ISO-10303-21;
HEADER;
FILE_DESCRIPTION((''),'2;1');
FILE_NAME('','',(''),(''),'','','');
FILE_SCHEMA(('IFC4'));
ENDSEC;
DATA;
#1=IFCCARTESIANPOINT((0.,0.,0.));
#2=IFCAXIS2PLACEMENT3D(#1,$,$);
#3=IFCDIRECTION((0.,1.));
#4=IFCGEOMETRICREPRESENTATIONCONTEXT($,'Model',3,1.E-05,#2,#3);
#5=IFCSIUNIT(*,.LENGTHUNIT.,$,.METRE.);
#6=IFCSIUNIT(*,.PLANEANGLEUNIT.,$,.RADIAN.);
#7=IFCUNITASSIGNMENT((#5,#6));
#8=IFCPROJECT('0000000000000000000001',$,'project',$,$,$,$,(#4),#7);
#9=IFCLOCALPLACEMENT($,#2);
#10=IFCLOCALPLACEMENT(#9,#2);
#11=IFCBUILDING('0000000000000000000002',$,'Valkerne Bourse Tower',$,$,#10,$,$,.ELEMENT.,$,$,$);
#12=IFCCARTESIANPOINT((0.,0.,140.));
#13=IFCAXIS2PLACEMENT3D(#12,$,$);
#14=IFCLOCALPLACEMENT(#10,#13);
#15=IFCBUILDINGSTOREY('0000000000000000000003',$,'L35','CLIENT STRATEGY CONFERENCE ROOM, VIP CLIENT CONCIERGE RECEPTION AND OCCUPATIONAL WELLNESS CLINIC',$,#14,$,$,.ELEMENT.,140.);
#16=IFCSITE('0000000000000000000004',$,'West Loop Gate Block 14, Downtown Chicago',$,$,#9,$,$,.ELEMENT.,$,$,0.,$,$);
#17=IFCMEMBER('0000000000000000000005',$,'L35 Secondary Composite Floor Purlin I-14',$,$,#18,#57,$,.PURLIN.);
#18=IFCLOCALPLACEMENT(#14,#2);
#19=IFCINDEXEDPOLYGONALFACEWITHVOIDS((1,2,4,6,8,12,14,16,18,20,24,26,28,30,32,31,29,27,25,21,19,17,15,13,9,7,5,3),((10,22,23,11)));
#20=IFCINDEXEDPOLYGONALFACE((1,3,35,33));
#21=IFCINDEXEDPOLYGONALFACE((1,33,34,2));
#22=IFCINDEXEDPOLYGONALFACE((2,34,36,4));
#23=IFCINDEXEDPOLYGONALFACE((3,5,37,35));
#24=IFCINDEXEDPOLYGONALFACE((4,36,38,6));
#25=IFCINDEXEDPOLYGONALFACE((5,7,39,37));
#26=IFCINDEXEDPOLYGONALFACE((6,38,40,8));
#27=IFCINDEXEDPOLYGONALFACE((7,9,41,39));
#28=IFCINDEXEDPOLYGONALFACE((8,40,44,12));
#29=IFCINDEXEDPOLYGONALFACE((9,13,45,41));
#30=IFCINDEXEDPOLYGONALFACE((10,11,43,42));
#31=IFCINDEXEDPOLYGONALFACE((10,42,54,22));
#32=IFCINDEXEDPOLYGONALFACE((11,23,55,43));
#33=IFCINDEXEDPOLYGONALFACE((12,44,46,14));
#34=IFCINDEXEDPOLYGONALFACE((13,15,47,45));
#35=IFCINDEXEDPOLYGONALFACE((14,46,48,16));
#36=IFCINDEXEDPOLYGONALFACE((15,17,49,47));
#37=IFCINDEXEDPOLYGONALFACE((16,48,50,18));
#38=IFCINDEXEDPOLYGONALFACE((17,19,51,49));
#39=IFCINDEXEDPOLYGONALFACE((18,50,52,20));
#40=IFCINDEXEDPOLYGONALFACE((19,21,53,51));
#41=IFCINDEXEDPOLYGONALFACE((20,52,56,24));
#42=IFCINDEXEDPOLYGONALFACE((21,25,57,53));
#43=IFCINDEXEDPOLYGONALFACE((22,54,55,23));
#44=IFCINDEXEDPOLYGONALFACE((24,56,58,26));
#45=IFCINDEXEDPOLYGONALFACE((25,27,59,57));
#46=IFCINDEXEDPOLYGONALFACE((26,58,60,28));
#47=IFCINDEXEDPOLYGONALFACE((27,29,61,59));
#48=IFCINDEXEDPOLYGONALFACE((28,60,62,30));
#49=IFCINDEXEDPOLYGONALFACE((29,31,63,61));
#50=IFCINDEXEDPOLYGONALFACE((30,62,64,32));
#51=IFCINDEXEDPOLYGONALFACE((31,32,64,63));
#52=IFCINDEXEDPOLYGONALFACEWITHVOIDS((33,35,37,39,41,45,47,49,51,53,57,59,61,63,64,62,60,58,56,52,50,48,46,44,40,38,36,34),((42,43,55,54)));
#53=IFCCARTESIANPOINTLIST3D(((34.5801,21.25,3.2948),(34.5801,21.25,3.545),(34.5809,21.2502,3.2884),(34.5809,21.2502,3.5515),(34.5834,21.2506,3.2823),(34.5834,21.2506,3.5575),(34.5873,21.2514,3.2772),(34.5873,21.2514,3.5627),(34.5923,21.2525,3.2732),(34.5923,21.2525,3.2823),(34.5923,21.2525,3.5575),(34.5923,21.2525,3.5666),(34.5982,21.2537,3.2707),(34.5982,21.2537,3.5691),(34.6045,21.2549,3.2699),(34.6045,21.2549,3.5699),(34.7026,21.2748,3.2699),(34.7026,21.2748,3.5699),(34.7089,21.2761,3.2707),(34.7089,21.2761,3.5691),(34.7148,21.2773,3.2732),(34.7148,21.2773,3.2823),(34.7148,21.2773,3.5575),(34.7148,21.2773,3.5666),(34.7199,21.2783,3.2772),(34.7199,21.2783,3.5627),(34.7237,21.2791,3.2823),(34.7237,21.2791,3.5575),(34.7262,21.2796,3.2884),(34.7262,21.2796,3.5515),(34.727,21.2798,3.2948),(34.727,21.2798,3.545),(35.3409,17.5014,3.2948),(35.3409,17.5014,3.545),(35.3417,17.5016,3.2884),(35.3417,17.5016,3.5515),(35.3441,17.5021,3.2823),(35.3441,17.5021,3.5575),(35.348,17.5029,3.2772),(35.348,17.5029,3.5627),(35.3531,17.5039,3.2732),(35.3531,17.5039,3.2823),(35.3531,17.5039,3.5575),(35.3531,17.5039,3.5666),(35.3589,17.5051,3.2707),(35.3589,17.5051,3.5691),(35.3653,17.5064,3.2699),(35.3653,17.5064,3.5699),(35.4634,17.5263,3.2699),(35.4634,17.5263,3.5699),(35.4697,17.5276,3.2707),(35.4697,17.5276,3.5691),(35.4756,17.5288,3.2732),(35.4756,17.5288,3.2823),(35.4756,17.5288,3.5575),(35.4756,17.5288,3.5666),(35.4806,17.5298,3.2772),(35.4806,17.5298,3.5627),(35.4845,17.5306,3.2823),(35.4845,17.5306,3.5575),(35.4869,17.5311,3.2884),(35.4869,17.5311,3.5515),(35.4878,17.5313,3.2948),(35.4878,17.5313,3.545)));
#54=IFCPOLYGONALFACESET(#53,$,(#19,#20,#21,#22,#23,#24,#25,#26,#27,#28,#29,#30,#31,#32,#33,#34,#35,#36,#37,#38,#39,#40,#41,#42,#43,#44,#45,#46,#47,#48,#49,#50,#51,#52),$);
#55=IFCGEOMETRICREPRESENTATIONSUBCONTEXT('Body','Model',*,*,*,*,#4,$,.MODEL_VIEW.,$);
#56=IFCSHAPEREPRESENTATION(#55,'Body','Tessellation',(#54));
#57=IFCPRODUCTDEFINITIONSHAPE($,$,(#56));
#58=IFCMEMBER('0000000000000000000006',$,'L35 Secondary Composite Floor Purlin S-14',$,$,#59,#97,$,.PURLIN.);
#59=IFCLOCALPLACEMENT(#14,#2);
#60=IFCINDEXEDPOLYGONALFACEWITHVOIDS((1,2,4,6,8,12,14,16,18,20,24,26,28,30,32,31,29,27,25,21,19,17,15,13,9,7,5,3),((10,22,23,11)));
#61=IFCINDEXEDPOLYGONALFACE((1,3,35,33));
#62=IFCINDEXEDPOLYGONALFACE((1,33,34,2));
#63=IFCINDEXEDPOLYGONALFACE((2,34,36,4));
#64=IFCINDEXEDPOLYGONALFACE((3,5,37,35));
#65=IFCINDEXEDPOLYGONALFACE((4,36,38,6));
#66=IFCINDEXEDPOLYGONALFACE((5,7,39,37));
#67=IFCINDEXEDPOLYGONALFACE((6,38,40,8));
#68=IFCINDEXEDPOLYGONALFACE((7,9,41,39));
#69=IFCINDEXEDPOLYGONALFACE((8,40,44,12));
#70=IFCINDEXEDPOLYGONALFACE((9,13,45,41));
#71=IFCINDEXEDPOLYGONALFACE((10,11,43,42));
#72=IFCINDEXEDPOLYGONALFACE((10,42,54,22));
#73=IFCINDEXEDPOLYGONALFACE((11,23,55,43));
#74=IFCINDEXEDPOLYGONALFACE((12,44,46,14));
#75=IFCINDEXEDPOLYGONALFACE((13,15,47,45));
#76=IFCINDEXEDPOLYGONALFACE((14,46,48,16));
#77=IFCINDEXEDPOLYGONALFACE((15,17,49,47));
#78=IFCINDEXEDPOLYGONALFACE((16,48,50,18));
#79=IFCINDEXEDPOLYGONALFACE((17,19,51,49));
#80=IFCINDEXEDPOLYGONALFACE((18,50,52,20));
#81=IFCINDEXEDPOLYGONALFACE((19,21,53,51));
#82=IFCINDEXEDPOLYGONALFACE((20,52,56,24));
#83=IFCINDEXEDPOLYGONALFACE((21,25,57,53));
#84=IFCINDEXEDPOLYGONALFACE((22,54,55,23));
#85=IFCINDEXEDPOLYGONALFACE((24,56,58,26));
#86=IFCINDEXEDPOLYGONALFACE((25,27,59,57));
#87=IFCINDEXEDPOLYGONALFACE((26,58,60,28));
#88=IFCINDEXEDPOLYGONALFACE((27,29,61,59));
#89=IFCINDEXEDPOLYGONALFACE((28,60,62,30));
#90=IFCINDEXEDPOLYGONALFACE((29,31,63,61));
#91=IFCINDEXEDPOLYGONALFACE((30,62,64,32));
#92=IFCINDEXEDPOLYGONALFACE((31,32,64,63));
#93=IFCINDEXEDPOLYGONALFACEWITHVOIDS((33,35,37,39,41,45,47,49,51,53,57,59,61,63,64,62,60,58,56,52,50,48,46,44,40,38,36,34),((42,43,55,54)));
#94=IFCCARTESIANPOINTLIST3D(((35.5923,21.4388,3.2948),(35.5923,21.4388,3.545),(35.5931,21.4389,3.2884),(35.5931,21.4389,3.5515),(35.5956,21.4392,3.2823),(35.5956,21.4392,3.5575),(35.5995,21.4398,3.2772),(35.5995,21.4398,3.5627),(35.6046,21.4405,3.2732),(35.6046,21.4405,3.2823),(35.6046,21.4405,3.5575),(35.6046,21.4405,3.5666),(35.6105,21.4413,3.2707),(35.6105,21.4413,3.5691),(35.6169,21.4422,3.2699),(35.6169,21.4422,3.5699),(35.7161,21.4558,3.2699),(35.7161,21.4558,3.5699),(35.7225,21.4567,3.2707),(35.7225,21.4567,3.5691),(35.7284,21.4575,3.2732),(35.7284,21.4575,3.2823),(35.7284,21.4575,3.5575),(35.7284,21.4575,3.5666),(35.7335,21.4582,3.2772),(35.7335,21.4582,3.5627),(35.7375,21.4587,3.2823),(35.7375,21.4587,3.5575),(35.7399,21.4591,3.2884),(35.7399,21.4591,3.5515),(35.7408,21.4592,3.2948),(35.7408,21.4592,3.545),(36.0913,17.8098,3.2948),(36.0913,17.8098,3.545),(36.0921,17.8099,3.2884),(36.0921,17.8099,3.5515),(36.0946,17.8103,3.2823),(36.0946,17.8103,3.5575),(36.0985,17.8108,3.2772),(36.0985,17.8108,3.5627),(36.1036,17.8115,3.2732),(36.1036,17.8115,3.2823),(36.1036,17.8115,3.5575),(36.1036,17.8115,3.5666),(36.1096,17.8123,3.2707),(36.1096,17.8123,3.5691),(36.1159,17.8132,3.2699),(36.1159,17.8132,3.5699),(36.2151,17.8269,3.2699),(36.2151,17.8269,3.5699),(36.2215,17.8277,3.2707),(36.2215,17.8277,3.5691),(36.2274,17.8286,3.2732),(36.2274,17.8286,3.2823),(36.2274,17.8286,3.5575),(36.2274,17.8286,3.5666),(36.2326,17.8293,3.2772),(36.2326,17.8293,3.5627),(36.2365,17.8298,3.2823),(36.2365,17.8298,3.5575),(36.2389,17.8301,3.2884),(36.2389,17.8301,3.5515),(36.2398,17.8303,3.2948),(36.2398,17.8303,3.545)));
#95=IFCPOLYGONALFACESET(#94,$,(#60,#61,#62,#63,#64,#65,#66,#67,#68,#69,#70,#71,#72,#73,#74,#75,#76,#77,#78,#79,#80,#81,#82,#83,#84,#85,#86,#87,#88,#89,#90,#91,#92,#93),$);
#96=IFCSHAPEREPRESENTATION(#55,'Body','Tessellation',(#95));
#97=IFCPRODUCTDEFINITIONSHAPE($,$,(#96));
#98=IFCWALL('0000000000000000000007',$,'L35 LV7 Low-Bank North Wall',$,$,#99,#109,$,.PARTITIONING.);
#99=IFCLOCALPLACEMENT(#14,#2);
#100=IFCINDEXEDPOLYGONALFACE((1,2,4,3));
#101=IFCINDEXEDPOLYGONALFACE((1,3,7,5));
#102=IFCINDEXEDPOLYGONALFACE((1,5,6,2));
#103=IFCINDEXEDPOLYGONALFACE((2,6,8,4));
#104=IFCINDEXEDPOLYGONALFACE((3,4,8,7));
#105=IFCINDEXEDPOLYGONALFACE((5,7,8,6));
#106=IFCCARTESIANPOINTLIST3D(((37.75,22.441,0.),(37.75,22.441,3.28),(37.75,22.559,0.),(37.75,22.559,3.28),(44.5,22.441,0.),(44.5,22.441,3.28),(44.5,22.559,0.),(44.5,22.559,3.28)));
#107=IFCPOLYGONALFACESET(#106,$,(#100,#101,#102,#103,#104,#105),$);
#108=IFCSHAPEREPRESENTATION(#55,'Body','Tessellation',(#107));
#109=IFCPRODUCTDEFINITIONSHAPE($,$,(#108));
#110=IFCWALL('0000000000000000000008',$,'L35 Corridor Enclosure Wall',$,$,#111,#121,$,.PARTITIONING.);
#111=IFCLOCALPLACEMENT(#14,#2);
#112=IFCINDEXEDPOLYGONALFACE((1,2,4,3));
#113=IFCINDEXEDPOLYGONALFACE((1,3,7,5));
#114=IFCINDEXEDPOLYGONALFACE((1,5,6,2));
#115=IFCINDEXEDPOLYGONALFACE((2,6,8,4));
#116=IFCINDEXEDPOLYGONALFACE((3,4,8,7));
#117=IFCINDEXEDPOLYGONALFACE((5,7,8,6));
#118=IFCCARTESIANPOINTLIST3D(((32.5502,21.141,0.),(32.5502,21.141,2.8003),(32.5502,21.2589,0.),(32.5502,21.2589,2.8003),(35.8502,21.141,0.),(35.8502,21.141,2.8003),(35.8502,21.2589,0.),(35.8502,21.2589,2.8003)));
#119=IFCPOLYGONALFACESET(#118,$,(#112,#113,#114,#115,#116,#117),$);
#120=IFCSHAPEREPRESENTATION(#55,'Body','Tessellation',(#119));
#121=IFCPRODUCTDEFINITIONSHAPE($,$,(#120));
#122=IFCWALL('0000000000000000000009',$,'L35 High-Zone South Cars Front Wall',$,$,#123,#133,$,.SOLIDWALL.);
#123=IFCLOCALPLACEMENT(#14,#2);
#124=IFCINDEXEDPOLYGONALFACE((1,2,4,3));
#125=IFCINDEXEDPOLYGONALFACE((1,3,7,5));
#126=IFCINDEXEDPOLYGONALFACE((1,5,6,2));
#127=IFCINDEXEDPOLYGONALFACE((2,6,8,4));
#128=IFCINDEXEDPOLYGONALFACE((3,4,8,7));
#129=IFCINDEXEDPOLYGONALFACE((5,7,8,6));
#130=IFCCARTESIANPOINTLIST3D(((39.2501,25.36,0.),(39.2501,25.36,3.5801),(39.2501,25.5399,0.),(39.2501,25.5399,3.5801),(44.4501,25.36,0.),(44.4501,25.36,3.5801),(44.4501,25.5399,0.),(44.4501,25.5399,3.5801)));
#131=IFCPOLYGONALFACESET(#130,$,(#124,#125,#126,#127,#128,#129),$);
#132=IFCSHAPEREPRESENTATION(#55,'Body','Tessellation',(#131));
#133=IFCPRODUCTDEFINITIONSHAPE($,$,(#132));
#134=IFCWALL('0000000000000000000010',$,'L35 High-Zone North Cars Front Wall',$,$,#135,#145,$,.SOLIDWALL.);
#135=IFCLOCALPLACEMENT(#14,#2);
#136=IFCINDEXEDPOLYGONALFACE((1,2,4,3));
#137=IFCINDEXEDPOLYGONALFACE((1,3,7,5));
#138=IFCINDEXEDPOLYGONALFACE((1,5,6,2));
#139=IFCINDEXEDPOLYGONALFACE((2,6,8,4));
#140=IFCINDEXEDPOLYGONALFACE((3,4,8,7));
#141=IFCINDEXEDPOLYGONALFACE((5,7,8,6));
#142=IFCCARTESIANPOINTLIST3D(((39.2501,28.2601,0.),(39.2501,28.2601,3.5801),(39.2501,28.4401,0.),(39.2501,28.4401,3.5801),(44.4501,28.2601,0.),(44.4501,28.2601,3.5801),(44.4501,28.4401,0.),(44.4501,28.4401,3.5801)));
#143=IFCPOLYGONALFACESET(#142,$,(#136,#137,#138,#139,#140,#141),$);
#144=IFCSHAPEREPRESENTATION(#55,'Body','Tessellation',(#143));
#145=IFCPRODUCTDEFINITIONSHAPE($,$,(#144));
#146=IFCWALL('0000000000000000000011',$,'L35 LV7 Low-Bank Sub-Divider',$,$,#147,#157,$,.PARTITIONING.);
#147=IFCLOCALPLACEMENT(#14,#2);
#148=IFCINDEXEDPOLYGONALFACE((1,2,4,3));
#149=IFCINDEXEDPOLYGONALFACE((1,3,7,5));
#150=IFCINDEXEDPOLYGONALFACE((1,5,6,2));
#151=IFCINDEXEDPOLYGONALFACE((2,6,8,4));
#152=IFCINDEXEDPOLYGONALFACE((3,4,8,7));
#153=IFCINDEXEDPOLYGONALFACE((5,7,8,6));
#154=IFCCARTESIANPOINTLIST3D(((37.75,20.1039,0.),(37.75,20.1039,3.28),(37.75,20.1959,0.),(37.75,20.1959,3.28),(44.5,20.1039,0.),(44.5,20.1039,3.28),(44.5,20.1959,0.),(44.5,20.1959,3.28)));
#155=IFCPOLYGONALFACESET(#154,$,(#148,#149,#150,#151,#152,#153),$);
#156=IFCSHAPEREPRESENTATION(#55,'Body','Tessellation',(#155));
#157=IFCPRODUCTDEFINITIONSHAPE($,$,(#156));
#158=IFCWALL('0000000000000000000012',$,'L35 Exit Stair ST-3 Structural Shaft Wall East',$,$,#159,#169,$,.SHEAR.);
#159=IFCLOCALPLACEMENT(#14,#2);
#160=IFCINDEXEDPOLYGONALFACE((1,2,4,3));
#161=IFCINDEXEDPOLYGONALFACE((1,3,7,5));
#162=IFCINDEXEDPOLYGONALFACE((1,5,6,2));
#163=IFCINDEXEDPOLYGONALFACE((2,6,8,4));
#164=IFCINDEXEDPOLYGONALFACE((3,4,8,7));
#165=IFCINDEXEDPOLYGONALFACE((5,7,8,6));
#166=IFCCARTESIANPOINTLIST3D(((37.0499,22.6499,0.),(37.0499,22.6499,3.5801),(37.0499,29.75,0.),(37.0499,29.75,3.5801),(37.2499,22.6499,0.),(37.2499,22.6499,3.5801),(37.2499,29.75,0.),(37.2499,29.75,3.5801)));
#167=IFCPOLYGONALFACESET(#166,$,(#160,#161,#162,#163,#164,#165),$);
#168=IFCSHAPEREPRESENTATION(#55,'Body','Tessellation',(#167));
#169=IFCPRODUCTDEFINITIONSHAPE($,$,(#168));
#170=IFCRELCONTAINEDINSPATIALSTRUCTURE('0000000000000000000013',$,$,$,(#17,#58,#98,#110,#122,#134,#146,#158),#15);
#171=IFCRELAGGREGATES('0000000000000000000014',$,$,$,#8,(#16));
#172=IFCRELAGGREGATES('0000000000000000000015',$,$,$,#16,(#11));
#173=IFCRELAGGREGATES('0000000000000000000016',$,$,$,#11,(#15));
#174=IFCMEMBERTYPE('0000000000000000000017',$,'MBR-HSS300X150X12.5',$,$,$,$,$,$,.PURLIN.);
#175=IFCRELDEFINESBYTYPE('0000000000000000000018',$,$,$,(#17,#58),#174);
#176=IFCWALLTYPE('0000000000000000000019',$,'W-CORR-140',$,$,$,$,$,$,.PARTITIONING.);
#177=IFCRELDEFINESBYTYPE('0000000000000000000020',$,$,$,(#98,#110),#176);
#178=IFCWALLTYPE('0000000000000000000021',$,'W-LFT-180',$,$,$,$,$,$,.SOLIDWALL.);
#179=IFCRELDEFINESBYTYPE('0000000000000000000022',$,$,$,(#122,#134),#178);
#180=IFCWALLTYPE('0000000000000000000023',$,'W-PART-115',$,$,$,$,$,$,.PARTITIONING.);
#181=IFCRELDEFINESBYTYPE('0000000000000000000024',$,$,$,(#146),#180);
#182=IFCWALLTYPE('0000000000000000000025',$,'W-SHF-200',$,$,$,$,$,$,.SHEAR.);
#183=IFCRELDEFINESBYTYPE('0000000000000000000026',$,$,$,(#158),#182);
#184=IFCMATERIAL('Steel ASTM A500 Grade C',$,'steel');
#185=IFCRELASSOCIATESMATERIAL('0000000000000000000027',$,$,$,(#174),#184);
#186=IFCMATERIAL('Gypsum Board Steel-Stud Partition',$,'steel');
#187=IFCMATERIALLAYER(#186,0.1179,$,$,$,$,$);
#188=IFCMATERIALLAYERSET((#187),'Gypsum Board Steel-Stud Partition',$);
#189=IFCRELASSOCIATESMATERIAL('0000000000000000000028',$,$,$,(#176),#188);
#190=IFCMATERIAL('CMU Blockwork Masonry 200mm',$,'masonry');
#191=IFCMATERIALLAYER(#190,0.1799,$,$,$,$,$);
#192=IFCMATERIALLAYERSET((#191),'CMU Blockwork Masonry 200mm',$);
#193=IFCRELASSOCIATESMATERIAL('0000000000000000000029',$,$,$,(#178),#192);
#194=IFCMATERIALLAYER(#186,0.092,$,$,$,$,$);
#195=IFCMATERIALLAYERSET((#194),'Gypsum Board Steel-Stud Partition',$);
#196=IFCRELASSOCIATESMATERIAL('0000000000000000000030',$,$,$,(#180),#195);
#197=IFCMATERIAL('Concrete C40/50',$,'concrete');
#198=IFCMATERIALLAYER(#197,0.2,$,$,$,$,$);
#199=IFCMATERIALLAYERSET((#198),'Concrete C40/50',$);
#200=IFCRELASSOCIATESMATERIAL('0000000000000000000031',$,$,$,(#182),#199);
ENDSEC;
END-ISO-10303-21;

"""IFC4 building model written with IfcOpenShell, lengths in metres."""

from ifc_helpers import new_model, si_unit, direction, frame, frame_2d, origin, origin_2d, place, context, subcontext, project, spatial, rectangle, hollow_rectangle, extrude, material, layer, layer_set, material_profile, profile_set, type_object, element, save


model = new_model("IFC4")

# Units and contexts
model_context = context("Model", 3, precision=1e-05, world=origin(), true_north=direction((0.0, 1.0)))
body_context = subcontext(model_context, "Body", "Model", "MODEL_VIEW")
ifc_project = project(units=[si_unit("LENGTHUNIT", "METRE"), si_unit("PLANEANGLEUNIT", "RADIAN")], contexts=[model_context])

# Site, building, storey
site_placement = place(None, origin())
site = spatial("IfcSite", under=ifc_project, at=site_placement, Name="West Loop Gate Block 14, Downtown Chicago", CompositionType="ELEMENT", RefElevation=0.0)
building_placement = place(site_placement, origin())
building = spatial("IfcBuilding", under=site, at=building_placement, Name="Valkerne Bourse Tower", CompositionType="ELEMENT")
storey_placement = place(building_placement, frame((0.0, 0.0, 140.0)))
storey = spatial("IfcBuildingStorey", under=building, at=storey_placement, Name="L35", Description="CLIENT STRATEGY CONFERENCE ROOM, VIP CLIENT CONCIERGE RECEPTION AND OCCUPATIONAL WELLNESS CLINIC", CompositionType="ELEMENT", Elevation=140.0)

# Members
ifc_material_1 = material(Name="Steel ASTM A500 Grade C", Category="steel")
ifc_material_profile_1 = material_profile(ifc_material_1, hollow_rectangle(XDim=0.1499, YDim=0.3, WallThickness=0.0125, OuterFilletRadius=0.0249, at=origin_2d()), Name="HSS300X150X12.5")
ifc_profile_set_1 = profile_set([ifc_material_profile_1], Name="Steel ASTM A500 Grade C")
member_type = type_object("IfcMemberType", Name="MBR-HSS300X150X12.5", PredefinedType="PURLIN", material=ifc_profile_set_1)
member_1_placement = place(storey_placement, frame((34.6536, 21.2649, 3.4199), z_axis=(0.198889, -0.980022, 0.0), x_axis=(0.980022, 0.198889, 0.0)))
element("IfcMember", 1, at=member_1_placement, inside=storey, type_object=member_type, Name="L35 Secondary Composite Floor Purlin I-14", PredefinedType="PURLIN", context=body_context, shape_type="SweptSolid", body=[
    extrude(hollow_rectangle(XDim=0.1499, YDim=0.3, WallThickness=0.0125, OuterFilletRadius=0.0249, at=origin_2d()), origin(), (0.0, 0.0, 1.0), 3.825),
])
member_2_placement = place(storey_placement, frame((35.6665, 21.449, 3.4199), z_axis=(0.136231, -0.990677, 0.0), x_axis=(0.990677, 0.136231, 0.0)))
element("IfcMember", 2, at=member_2_placement, inside=storey, type_object=member_type, Name="L35 Secondary Composite Floor Purlin S-14", PredefinedType="PURLIN", context=body_context, shape_type="SweptSolid", body=[
    extrude(hollow_rectangle(XDim=0.1499, YDim=0.3, WallThickness=0.0125, OuterFilletRadius=0.0249, at=origin_2d()), origin(), (0.0, 0.0, 1.0), 3.6631),
])

# Walls
ifc_material_2 = material(Name="Gypsum Board Steel-Stud Partition", Category="steel")
ifc_layer_1 = layer(ifc_material_2, 0.1179)
ifc_layer_set_1 = layer_set([ifc_layer_1], Name="Gypsum Board Steel-Stud Partition")
wall_type_1 = type_object("IfcWallType", Name="W-CORR-140", PredefinedType="PARTITIONING", material=ifc_layer_set_1)
wall_1_placement = place(storey_placement, frame((37.75, 22.5, 0.0), z_axis=(0.0, 0.0, 1.0), x_axis=(1.0, 0.0, 0.0)))
element("IfcWall", 3, at=wall_1_placement, inside=storey, type_object=wall_type_1, Name="L35 LV7 Low-Bank North Wall", PredefinedType="PARTITIONING", context=body_context, shape_type="SweptSolid", body=[
    extrude(rectangle(XDim=6.75, YDim=0.1179, at=frame_2d((3.375, 0.0))), origin(), (0.0, 0.0, 1.0), 3.28),
])
wall_2_placement = place(storey_placement, frame((35.8501, 21.2, 0.0), z_axis=(0.0, 0.0, 1.0), x_axis=(-1.0, 0.0, 0.0)))
element("IfcWall", 4, at=wall_2_placement, inside=storey, type_object=wall_type_1, Name="L35 Corridor Enclosure Wall", PredefinedType="PARTITIONING", context=body_context, shape_type="SweptSolid", body=[
    extrude(rectangle(XDim=3.3, YDim=0.1179, at=frame_2d((1.6499, 0.0))), origin(), (0.0, 0.0, 1.0), 2.8003),
])
ifc_material_3 = material(Name="CMU Blockwork Masonry 200mm", Category="masonry")
ifc_layer_2 = layer(ifc_material_3, 0.1799)
ifc_layer_set_2 = layer_set([ifc_layer_2], Name="CMU Blockwork Masonry 200mm")
wall_type_2 = type_object("IfcWallType", Name="W-LFT-180", PredefinedType="SOLIDWALL", material=ifc_layer_set_2)
for number, where, z_axis, x_axis, name in (
    (5, (39.25, 25.45, 0.0), (0.0, 0.0, 1.0), (1.0, 0.0, 0.0), "L35 High-Zone South Cars Front Wall"),
    (6, (39.25, 28.3501, 0.0), (0.0, 0.0, 1.0), (1.0, 0.0, 0.0), "L35 High-Zone North Cars Front Wall"),
):
    element("IfcWall", number, at=place(storey_placement, frame(where, z_axis=z_axis, x_axis=x_axis)), inside=storey, type_object=wall_type_2, Name=name, PredefinedType="SOLIDWALL", context=body_context, shape_type="SweptSolid", body=[
        extrude(rectangle(XDim=5.2, YDim=0.1799, at=frame_2d((2.6001, 0.0))), origin(), (0.0, 0.0, 1.0), 3.5801),
    ])
ifc_layer_3 = layer(ifc_material_2, 0.092)
ifc_layer_set_3 = layer_set([ifc_layer_3], Name="Gypsum Board Steel-Stud Partition")
wall_type_3 = type_object("IfcWallType", Name="W-PART-115", PredefinedType="PARTITIONING", material=ifc_layer_set_3)
wall_3_placement = place(storey_placement, frame((37.75, 20.1499, 0.0), z_axis=(0.0, 0.0, 1.0), x_axis=(1.0, 0.0, 0.0)))
element("IfcWall", 7, at=wall_3_placement, inside=storey, type_object=wall_type_3, Name="L35 LV7 Low-Bank Sub-Divider", PredefinedType="PARTITIONING", context=body_context, shape_type="SweptSolid", body=[
    extrude(rectangle(XDim=6.75, YDim=0.092, at=frame_2d((3.375, 0.0))), origin(), (0.0, 0.0, 1.0), 3.28),
])
ifc_material_4 = material(Name="Concrete C40/50", Category="concrete")
ifc_layer_4 = layer(ifc_material_4, 0.2)
ifc_layer_set_4 = layer_set([ifc_layer_4], Name="Concrete C40/50")
wall_type_4 = type_object("IfcWallType", Name="W-SHF-200", PredefinedType="SHEAR", material=ifc_layer_set_4)
wall_4_placement = place(storey_placement, frame((37.1499, 22.6499, 0.0), z_axis=(0.0, 0.0, 1.0), x_axis=(0.0, 1.0, 0.0)))
element("IfcWall", 8, at=wall_4_placement, inside=storey, type_object=wall_type_4, Name="L35 Exit Stair ST-3 Structural Shaft Wall East", PredefinedType="SHEAR", context=body_context, shape_type="SweptSolid", body=[
    extrude(rectangle(XDim=7.1001, YDim=0.2, at=frame_2d((3.55, 0.0))), origin(), (0.0, 0.0, 1.0), 3.5801),
])

save(model, "model.ifc")
